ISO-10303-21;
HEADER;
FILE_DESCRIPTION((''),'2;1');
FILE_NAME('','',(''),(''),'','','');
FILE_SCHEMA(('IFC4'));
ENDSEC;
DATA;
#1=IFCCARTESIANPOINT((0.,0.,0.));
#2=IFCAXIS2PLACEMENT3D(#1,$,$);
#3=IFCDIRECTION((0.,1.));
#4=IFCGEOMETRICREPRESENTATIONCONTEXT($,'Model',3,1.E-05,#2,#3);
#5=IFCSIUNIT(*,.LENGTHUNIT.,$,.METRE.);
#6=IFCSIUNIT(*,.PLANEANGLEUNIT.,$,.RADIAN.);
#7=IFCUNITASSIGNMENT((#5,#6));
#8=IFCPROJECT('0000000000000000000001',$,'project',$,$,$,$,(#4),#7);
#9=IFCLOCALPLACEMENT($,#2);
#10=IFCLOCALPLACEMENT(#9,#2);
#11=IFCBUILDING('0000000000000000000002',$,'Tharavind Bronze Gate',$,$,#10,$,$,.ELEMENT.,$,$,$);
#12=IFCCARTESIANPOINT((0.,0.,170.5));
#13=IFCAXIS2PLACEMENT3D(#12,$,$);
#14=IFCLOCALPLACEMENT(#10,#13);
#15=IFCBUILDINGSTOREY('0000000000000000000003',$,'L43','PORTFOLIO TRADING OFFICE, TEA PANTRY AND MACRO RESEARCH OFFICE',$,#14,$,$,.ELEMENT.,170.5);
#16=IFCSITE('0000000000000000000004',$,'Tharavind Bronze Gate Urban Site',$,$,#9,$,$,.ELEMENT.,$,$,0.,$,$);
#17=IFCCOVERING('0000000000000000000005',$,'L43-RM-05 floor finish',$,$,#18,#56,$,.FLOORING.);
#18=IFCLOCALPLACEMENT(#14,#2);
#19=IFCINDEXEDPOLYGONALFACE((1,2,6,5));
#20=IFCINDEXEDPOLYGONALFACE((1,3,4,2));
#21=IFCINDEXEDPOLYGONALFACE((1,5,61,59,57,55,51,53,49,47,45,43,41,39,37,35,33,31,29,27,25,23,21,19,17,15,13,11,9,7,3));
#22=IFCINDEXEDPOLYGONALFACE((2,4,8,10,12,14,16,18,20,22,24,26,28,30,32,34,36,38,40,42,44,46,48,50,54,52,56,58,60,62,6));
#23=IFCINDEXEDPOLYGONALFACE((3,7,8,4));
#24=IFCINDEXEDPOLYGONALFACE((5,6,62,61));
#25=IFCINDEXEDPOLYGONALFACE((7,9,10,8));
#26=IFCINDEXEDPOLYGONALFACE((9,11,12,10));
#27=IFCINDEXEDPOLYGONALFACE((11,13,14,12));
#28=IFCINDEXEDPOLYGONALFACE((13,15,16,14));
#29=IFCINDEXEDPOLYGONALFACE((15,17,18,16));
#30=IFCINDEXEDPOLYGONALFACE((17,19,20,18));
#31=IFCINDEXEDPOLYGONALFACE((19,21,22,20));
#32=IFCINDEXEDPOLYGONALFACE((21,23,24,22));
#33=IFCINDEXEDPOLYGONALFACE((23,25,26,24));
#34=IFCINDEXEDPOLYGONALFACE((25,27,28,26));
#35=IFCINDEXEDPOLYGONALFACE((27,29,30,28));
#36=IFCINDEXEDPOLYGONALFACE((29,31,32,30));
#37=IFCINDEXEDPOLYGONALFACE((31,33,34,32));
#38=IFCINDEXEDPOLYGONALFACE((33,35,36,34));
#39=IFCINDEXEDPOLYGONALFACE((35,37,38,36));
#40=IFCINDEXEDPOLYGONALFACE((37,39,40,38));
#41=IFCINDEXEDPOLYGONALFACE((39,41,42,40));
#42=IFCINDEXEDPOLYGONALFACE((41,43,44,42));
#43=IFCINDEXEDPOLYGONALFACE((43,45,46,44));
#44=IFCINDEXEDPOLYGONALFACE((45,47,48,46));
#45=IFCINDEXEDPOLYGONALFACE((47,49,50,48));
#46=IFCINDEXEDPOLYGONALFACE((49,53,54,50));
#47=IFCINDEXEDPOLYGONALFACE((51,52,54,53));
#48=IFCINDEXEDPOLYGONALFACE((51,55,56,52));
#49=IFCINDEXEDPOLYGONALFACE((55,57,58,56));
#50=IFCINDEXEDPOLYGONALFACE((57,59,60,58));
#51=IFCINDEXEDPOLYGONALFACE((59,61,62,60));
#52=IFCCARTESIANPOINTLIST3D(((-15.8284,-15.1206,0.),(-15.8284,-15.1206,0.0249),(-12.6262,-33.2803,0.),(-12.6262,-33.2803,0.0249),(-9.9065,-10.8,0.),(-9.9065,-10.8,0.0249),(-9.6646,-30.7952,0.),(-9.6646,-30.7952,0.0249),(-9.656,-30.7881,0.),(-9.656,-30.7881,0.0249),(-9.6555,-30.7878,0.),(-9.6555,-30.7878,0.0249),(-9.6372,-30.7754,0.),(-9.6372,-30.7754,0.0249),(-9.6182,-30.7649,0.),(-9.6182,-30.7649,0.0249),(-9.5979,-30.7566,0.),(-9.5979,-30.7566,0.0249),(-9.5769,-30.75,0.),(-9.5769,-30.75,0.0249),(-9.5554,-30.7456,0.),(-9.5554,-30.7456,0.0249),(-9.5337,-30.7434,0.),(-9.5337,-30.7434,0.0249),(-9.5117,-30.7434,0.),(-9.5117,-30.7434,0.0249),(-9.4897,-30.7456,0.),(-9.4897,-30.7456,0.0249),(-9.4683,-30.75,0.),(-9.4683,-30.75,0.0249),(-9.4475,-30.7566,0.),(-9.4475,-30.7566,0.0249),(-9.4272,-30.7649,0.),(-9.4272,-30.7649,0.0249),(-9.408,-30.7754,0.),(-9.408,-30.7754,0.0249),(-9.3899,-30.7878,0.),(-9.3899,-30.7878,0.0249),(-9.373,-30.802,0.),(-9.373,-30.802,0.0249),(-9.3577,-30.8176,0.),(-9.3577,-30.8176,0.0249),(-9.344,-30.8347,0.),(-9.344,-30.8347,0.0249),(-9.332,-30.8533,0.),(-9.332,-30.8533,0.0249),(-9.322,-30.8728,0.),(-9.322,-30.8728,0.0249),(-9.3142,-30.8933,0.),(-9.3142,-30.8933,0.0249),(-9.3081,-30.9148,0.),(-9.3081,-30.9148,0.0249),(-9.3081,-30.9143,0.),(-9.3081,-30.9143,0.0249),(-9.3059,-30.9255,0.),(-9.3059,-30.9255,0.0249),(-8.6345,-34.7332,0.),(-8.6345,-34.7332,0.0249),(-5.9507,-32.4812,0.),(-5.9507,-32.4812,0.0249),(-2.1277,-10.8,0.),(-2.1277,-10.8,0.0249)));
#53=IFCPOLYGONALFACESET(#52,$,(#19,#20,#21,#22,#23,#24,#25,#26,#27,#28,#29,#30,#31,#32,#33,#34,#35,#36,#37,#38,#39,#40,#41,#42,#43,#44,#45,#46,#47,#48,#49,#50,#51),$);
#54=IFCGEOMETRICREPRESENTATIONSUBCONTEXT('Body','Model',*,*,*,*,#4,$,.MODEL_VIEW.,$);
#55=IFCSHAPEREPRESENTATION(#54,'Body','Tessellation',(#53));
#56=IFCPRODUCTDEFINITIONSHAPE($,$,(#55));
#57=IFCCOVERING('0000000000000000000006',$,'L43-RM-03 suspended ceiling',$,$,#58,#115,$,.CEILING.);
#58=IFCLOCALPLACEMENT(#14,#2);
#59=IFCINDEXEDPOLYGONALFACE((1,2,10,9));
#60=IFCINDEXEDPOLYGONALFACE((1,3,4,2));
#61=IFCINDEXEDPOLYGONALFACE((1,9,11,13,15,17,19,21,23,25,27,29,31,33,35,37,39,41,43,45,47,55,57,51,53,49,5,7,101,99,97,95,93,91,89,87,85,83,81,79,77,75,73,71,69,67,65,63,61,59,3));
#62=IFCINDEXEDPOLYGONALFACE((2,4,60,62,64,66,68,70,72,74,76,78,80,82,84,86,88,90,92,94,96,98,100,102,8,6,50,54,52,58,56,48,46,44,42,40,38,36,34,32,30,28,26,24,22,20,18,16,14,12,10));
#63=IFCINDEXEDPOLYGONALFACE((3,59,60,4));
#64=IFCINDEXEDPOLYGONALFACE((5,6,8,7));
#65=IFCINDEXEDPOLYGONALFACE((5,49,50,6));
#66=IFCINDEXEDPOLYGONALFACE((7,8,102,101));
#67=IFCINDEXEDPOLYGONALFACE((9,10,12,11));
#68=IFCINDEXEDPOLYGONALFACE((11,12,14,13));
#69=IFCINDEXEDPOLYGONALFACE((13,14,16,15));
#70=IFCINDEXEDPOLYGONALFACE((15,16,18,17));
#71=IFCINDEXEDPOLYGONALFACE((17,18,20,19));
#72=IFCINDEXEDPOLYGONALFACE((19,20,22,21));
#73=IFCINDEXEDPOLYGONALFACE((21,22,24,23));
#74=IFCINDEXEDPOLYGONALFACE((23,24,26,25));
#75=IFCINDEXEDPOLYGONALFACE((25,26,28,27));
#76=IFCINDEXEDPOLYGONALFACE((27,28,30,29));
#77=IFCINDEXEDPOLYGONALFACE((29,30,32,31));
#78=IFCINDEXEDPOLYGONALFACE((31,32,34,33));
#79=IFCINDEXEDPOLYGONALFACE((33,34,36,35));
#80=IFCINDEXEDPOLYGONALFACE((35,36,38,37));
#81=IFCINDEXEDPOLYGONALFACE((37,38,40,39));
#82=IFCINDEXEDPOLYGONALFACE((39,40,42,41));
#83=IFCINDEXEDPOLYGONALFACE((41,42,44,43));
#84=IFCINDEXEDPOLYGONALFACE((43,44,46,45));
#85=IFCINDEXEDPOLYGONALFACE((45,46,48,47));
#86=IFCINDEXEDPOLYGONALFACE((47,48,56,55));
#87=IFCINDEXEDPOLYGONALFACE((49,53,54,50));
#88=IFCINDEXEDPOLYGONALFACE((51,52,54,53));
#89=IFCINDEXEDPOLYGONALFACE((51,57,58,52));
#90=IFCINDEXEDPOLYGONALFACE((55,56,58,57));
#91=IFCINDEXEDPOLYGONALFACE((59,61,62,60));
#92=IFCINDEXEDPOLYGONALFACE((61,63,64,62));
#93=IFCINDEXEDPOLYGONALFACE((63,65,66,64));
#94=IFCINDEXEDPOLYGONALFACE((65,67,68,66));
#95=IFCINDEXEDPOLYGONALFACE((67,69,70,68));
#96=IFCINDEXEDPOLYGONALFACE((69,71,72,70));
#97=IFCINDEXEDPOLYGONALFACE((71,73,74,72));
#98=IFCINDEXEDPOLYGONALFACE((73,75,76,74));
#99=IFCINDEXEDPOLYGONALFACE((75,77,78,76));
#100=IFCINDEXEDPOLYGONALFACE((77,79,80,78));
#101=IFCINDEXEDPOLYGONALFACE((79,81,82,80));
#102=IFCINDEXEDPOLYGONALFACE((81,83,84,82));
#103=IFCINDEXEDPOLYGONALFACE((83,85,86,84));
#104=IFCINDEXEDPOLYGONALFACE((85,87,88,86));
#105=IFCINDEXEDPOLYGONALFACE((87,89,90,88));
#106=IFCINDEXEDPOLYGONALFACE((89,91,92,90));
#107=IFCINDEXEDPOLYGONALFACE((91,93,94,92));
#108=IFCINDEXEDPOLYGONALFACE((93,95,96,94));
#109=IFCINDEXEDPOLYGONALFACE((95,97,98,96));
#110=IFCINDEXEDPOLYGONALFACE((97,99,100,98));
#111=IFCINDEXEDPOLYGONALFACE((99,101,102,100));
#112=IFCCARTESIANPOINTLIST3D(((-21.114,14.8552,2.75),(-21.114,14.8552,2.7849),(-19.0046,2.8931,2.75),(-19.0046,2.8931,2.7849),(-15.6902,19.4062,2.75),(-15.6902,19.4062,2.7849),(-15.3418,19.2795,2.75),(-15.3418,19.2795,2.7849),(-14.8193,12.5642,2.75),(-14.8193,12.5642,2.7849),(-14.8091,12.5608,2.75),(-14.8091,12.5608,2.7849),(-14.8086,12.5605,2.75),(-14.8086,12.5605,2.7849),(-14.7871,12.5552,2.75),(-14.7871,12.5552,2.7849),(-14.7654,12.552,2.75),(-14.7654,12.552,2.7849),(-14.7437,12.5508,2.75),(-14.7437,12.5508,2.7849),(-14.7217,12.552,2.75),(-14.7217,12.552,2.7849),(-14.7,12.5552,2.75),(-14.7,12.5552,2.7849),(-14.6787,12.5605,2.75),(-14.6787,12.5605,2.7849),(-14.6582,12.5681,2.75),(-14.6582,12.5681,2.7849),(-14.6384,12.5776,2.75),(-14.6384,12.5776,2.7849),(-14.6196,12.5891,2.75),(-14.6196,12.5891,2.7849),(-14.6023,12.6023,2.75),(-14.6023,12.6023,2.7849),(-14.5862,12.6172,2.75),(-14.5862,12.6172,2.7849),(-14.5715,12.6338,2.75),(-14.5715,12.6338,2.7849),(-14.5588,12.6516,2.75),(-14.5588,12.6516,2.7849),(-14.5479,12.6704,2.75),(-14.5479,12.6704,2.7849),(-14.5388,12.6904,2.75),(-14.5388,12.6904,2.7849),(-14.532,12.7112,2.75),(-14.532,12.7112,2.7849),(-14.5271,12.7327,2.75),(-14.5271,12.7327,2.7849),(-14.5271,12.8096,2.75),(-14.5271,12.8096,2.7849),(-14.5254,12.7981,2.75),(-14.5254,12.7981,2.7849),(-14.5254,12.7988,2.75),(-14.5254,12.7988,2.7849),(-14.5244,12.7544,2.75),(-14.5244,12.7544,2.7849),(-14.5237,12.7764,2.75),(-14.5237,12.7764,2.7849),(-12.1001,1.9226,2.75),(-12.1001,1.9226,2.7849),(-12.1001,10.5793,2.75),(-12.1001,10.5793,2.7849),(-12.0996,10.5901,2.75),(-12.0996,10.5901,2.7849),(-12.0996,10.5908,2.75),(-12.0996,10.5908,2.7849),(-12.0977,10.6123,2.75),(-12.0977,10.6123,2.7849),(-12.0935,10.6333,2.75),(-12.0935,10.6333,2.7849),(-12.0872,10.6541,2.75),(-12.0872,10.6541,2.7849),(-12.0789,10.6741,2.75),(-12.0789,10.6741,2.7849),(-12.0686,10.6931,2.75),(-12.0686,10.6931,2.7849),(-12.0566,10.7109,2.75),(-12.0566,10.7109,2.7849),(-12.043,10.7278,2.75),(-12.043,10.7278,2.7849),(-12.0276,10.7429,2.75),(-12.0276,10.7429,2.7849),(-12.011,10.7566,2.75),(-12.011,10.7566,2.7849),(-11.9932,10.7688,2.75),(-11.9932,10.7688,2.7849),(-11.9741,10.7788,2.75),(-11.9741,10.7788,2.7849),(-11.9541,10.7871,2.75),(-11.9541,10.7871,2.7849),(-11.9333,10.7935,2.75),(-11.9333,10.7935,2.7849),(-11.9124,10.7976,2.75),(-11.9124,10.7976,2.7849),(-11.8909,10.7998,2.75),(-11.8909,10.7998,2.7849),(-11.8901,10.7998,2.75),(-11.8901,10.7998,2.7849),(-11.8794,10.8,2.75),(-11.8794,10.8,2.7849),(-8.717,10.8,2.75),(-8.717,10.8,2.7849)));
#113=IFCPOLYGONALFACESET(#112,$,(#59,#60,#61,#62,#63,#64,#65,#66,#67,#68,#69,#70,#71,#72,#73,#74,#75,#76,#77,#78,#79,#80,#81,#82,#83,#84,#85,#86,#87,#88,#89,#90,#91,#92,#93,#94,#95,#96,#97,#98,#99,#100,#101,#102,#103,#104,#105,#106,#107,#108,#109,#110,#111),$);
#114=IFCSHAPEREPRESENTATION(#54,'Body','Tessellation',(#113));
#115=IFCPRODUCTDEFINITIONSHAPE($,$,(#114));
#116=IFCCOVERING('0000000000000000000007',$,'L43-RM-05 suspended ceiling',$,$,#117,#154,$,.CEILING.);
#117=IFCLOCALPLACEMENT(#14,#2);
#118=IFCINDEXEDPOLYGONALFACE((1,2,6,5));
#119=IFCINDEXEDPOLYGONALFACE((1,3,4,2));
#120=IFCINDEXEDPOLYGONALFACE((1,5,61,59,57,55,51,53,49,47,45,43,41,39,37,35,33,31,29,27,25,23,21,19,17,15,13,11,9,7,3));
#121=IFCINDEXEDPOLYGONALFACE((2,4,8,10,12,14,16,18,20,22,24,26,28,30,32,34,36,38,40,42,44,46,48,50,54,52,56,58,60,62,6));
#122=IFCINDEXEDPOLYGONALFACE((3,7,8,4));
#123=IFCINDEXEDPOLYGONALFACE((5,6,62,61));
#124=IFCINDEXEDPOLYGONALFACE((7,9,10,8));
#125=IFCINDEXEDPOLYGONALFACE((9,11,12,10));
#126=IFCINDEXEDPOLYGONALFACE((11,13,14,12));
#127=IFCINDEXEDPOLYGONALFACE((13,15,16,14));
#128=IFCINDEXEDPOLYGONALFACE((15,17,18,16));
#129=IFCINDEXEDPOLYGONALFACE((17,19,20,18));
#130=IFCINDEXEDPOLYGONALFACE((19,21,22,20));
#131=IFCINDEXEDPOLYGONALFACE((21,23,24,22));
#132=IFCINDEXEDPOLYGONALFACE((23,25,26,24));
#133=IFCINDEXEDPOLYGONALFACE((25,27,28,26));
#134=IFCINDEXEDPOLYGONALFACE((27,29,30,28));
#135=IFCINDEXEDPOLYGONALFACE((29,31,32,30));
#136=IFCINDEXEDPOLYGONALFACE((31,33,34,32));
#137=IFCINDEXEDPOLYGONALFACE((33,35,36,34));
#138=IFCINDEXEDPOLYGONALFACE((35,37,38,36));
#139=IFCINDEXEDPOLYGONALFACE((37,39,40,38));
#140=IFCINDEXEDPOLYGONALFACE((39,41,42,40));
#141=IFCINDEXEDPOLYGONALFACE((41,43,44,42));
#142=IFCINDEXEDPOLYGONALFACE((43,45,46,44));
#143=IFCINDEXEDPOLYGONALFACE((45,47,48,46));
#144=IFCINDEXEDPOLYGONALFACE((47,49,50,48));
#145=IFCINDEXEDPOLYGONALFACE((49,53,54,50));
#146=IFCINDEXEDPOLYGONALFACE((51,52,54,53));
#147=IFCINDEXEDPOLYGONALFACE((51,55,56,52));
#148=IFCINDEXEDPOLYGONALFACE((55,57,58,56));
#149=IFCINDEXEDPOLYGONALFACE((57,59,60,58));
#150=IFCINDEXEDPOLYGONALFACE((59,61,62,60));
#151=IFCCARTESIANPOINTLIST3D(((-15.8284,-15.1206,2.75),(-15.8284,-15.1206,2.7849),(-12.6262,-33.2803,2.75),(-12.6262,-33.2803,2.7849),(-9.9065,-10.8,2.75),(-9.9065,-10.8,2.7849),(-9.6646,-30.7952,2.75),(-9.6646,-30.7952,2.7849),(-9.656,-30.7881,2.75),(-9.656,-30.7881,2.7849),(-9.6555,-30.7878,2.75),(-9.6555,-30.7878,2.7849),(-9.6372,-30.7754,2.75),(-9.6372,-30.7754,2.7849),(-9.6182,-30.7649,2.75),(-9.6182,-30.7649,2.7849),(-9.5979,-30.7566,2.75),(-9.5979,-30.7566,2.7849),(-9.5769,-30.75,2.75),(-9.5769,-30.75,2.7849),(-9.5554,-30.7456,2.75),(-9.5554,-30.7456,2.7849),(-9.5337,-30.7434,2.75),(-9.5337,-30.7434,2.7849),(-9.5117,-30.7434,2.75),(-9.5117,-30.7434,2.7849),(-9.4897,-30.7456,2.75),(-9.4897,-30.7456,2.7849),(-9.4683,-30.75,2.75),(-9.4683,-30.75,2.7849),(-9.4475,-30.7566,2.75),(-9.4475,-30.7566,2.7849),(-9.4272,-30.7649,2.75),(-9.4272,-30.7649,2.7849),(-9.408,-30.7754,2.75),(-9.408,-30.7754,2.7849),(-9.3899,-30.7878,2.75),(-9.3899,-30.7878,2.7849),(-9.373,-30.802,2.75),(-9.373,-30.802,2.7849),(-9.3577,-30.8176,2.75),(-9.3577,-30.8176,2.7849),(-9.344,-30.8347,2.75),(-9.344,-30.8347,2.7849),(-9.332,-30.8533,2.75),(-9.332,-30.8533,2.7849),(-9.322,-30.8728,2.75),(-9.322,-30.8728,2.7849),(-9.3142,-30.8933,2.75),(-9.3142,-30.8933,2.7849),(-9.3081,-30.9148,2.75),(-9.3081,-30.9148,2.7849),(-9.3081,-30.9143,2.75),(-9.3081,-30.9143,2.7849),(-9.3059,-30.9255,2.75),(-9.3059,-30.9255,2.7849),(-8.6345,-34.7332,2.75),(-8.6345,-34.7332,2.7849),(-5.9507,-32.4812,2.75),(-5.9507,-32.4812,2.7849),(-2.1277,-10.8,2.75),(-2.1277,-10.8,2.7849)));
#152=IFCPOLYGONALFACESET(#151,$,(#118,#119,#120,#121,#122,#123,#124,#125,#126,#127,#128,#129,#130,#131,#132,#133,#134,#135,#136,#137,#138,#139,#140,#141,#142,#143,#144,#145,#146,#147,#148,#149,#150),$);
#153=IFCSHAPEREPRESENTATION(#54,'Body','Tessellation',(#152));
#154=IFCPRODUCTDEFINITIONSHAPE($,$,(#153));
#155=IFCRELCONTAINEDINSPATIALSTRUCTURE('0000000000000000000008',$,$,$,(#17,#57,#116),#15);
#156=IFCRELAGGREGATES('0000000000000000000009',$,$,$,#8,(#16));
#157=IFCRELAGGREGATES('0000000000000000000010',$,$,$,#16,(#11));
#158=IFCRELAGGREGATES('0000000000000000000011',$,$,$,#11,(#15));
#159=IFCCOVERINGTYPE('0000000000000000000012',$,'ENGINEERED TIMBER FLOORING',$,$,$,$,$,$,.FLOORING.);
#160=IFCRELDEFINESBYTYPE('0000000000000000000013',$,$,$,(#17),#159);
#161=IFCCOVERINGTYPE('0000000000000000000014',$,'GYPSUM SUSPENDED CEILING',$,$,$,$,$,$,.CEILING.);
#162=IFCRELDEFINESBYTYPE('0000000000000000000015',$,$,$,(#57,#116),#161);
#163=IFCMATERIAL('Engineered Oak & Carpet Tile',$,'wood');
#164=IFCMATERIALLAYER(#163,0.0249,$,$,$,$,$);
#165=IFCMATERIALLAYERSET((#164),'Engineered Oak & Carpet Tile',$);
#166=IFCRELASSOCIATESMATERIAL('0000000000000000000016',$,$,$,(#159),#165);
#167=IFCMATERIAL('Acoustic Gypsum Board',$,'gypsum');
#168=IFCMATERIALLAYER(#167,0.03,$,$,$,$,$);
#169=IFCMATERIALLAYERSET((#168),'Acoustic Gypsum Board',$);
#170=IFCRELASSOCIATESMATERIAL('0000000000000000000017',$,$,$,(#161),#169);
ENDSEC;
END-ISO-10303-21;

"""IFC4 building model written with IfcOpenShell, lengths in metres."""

from ifc_helpers import new_model, si_unit, direction, frame, origin, place, context, subcontext, project, spatial, polyline, outline, extrude, material, layer, layer_set, type_object, element, save


model = new_model("IFC4")

# Units and contexts
model_context = context("Model", 3, precision=1e-05, world=origin(), true_north=direction((0.0, 1.0)))
body_context = subcontext(model_context, "Body", "Model", "MODEL_VIEW")
ifc_project = project(units=[si_unit("LENGTHUNIT", "METRE"), si_unit("PLANEANGLEUNIT", "RADIAN")], contexts=[model_context])

# Site, building, storey
site_placement = place(None, origin())
site = spatial("IfcSite", under=ifc_project, at=site_placement, Name="Tharavind Bronze Gate Urban Site", CompositionType="ELEMENT", RefElevation=0.0)
building_placement = place(site_placement, origin())
building = spatial("IfcBuilding", under=site, at=building_placement, Name="Tharavind Bronze Gate", CompositionType="ELEMENT")
storey_placement = place(building_placement, frame((0.0, 0.0, 170.5)))
storey = spatial("IfcBuildingStorey", under=building, at=storey_placement, Name="L43", Description="PORTFOLIO TRADING OFFICE, TEA PANTRY AND MACRO RESEARCH OFFICE", CompositionType="ELEMENT", Elevation=170.5)

# Coverings
ifc_material_1 = material(Name="Engineered Oak & Carpet Tile", Category="wood")
ifc_layer_1 = layer(ifc_material_1, 0.0249)
ifc_layer_set_1 = layer_set([ifc_layer_1], Name="Engineered Oak & Carpet Tile")
covering_type_1 = type_object("IfcCoveringType", Name="ENGINEERED TIMBER FLOORING", PredefinedType="FLOORING", material=ifc_layer_set_1)
covering_1_placement = place(storey_placement, origin())
element("IfcCovering", 1, at=covering_1_placement, inside=storey, type_object=covering_type_1, Name="L43-RM-05 floor finish", PredefinedType="FLOORING", context=body_context, shape_type="SweptSolid", body=[
    extrude(outline(polyline([(-12.6262, -33.2803), (-9.6646, -30.7952), (-9.656, -30.7881), (-9.6555, -30.7878), (-9.6372, -30.7754), (-9.6182, -30.7649), (-9.5979, -30.7566), (-9.5769, -30.75), (-9.5554, -30.7456), (-9.5337, -30.7434), (-9.5117, -30.7434), (-9.4897, -30.7456), (-9.4683, -30.75), (-9.4475, -30.7566), (-9.4272, -30.7649), (-9.408, -30.7754), (-9.3899, -30.7878), (-9.373, -30.802), (-9.3577, -30.8176), (-9.344, -30.8347), (-9.332, -30.8533), (-9.322, -30.8728), (-9.3142, -30.8933), (-9.3081, -30.9143), (-9.3081, -30.9148), (-9.3059, -30.9255), (-8.6345, -34.7332), (-5.9507, -32.4812), (-2.1277, -10.8), (-9.9065, -10.8), (-15.8284, -15.1206), (-12.6262, -33.2803)])), origin(), (0.0, 0.0, 1.0), 0.0249),
])
ifc_material_2 = material(Name="Acoustic Gypsum Board", Category="gypsum")
ifc_layer_2 = layer(ifc_material_2, 0.03)
ifc_layer_set_2 = layer_set([ifc_layer_2], Name="Acoustic Gypsum Board")
covering_type_2 = type_object("IfcCoveringType", Name="GYPSUM SUSPENDED CEILING", PredefinedType="CEILING", material=ifc_layer_set_2)
covering_2_placement = place(storey_placement, frame((0.0, 0.0, 2.75)))
element("IfcCovering", 2, at=covering_2_placement, inside=storey, type_object=covering_type_2, Name="L43-RM-03 suspended ceiling", PredefinedType="CEILING", context=body_context, shape_type="SweptSolid", body=[
    extrude(outline(polyline([(-19.0046, 2.8931), (-12.1001, 1.9226), (-12.1001, 10.5793), (-12.0996, 10.5901), (-12.0996, 10.5908), (-12.0977, 10.6123), (-12.0935, 10.6333), (-12.0872, 10.6541), (-12.0789, 10.6741), (-12.0686, 10.6931), (-12.0566, 10.7109), (-12.043, 10.7278), (-12.0276, 10.7429), (-12.011, 10.7566), (-11.9932, 10.7688), (-11.9741, 10.7788), (-11.9541, 10.7871), (-11.9333, 10.7935), (-11.9124, 10.7976), (-11.8909, 10.7998), (-11.8901, 10.7998), (-11.8794, 10.8), (-8.717, 10.8), (-15.3418, 19.2795), (-15.6902, 19.4062), (-14.5271, 12.8096), (-14.5254, 12.7988), (-14.5254, 12.7981), (-14.5237, 12.7764), (-14.5244, 12.7544), (-14.5271, 12.7327), (-14.532, 12.7112), (-14.5388, 12.6904), (-14.5479, 12.6704), (-14.5588, 12.6516), (-14.5715, 12.6338), (-14.5862, 12.6172), (-14.6023, 12.6023), (-14.6196, 12.5891), (-14.6384, 12.5776), (-14.6582, 12.5681), (-14.6787, 12.5605), (-14.7, 12.5552), (-14.7217, 12.552), (-14.7437, 12.5508), (-14.7654, 12.552), (-14.7871, 12.5552), (-14.8086, 12.5605), (-14.8091, 12.5608), (-14.8193, 12.5642), (-21.114, 14.8552), (-19.0046, 2.8931)])), origin(), (0.0, 0.0, 1.0), 0.0349),
])
covering_3_placement = place(storey_placement, frame((0.0, 0.0, 2.75)))
element("IfcCovering", 3, at=covering_3_placement, inside=storey, type_object=covering_type_2, Name="L43-RM-05 suspended ceiling", PredefinedType="CEILING", context=body_context, shape_type="SweptSolid", body=[
    extrude(outline(polyline([(-12.6262, -33.2803), (-9.6646, -30.7952), (-9.656, -30.7881), (-9.6555, -30.7878), (-9.6372, -30.7754), (-9.6182, -30.7649), (-9.5979, -30.7566), (-9.5769, -30.75), (-9.5554, -30.7456), (-9.5337, -30.7434), (-9.5117, -30.7434), (-9.4897, -30.7456), (-9.4683, -30.75), (-9.4475, -30.7566), (-9.4272, -30.7649), (-9.408, -30.7754), (-9.3899, -30.7878), (-9.373, -30.802), (-9.3577, -30.8176), (-9.344, -30.8347), (-9.332, -30.8533), (-9.322, -30.8728), (-9.3142, -30.8933), (-9.3081, -30.9143), (-9.3081, -30.9148), (-9.3059, -30.9255), (-8.6345, -34.7332), (-5.9507, -32.4812), (-2.1277, -10.8), (-9.9065, -10.8), (-15.8284, -15.1206), (-12.6262, -33.2803)])), origin(), (0.0, 0.0, 1.0), 0.0349),
])

save(model, "model.ifc")
